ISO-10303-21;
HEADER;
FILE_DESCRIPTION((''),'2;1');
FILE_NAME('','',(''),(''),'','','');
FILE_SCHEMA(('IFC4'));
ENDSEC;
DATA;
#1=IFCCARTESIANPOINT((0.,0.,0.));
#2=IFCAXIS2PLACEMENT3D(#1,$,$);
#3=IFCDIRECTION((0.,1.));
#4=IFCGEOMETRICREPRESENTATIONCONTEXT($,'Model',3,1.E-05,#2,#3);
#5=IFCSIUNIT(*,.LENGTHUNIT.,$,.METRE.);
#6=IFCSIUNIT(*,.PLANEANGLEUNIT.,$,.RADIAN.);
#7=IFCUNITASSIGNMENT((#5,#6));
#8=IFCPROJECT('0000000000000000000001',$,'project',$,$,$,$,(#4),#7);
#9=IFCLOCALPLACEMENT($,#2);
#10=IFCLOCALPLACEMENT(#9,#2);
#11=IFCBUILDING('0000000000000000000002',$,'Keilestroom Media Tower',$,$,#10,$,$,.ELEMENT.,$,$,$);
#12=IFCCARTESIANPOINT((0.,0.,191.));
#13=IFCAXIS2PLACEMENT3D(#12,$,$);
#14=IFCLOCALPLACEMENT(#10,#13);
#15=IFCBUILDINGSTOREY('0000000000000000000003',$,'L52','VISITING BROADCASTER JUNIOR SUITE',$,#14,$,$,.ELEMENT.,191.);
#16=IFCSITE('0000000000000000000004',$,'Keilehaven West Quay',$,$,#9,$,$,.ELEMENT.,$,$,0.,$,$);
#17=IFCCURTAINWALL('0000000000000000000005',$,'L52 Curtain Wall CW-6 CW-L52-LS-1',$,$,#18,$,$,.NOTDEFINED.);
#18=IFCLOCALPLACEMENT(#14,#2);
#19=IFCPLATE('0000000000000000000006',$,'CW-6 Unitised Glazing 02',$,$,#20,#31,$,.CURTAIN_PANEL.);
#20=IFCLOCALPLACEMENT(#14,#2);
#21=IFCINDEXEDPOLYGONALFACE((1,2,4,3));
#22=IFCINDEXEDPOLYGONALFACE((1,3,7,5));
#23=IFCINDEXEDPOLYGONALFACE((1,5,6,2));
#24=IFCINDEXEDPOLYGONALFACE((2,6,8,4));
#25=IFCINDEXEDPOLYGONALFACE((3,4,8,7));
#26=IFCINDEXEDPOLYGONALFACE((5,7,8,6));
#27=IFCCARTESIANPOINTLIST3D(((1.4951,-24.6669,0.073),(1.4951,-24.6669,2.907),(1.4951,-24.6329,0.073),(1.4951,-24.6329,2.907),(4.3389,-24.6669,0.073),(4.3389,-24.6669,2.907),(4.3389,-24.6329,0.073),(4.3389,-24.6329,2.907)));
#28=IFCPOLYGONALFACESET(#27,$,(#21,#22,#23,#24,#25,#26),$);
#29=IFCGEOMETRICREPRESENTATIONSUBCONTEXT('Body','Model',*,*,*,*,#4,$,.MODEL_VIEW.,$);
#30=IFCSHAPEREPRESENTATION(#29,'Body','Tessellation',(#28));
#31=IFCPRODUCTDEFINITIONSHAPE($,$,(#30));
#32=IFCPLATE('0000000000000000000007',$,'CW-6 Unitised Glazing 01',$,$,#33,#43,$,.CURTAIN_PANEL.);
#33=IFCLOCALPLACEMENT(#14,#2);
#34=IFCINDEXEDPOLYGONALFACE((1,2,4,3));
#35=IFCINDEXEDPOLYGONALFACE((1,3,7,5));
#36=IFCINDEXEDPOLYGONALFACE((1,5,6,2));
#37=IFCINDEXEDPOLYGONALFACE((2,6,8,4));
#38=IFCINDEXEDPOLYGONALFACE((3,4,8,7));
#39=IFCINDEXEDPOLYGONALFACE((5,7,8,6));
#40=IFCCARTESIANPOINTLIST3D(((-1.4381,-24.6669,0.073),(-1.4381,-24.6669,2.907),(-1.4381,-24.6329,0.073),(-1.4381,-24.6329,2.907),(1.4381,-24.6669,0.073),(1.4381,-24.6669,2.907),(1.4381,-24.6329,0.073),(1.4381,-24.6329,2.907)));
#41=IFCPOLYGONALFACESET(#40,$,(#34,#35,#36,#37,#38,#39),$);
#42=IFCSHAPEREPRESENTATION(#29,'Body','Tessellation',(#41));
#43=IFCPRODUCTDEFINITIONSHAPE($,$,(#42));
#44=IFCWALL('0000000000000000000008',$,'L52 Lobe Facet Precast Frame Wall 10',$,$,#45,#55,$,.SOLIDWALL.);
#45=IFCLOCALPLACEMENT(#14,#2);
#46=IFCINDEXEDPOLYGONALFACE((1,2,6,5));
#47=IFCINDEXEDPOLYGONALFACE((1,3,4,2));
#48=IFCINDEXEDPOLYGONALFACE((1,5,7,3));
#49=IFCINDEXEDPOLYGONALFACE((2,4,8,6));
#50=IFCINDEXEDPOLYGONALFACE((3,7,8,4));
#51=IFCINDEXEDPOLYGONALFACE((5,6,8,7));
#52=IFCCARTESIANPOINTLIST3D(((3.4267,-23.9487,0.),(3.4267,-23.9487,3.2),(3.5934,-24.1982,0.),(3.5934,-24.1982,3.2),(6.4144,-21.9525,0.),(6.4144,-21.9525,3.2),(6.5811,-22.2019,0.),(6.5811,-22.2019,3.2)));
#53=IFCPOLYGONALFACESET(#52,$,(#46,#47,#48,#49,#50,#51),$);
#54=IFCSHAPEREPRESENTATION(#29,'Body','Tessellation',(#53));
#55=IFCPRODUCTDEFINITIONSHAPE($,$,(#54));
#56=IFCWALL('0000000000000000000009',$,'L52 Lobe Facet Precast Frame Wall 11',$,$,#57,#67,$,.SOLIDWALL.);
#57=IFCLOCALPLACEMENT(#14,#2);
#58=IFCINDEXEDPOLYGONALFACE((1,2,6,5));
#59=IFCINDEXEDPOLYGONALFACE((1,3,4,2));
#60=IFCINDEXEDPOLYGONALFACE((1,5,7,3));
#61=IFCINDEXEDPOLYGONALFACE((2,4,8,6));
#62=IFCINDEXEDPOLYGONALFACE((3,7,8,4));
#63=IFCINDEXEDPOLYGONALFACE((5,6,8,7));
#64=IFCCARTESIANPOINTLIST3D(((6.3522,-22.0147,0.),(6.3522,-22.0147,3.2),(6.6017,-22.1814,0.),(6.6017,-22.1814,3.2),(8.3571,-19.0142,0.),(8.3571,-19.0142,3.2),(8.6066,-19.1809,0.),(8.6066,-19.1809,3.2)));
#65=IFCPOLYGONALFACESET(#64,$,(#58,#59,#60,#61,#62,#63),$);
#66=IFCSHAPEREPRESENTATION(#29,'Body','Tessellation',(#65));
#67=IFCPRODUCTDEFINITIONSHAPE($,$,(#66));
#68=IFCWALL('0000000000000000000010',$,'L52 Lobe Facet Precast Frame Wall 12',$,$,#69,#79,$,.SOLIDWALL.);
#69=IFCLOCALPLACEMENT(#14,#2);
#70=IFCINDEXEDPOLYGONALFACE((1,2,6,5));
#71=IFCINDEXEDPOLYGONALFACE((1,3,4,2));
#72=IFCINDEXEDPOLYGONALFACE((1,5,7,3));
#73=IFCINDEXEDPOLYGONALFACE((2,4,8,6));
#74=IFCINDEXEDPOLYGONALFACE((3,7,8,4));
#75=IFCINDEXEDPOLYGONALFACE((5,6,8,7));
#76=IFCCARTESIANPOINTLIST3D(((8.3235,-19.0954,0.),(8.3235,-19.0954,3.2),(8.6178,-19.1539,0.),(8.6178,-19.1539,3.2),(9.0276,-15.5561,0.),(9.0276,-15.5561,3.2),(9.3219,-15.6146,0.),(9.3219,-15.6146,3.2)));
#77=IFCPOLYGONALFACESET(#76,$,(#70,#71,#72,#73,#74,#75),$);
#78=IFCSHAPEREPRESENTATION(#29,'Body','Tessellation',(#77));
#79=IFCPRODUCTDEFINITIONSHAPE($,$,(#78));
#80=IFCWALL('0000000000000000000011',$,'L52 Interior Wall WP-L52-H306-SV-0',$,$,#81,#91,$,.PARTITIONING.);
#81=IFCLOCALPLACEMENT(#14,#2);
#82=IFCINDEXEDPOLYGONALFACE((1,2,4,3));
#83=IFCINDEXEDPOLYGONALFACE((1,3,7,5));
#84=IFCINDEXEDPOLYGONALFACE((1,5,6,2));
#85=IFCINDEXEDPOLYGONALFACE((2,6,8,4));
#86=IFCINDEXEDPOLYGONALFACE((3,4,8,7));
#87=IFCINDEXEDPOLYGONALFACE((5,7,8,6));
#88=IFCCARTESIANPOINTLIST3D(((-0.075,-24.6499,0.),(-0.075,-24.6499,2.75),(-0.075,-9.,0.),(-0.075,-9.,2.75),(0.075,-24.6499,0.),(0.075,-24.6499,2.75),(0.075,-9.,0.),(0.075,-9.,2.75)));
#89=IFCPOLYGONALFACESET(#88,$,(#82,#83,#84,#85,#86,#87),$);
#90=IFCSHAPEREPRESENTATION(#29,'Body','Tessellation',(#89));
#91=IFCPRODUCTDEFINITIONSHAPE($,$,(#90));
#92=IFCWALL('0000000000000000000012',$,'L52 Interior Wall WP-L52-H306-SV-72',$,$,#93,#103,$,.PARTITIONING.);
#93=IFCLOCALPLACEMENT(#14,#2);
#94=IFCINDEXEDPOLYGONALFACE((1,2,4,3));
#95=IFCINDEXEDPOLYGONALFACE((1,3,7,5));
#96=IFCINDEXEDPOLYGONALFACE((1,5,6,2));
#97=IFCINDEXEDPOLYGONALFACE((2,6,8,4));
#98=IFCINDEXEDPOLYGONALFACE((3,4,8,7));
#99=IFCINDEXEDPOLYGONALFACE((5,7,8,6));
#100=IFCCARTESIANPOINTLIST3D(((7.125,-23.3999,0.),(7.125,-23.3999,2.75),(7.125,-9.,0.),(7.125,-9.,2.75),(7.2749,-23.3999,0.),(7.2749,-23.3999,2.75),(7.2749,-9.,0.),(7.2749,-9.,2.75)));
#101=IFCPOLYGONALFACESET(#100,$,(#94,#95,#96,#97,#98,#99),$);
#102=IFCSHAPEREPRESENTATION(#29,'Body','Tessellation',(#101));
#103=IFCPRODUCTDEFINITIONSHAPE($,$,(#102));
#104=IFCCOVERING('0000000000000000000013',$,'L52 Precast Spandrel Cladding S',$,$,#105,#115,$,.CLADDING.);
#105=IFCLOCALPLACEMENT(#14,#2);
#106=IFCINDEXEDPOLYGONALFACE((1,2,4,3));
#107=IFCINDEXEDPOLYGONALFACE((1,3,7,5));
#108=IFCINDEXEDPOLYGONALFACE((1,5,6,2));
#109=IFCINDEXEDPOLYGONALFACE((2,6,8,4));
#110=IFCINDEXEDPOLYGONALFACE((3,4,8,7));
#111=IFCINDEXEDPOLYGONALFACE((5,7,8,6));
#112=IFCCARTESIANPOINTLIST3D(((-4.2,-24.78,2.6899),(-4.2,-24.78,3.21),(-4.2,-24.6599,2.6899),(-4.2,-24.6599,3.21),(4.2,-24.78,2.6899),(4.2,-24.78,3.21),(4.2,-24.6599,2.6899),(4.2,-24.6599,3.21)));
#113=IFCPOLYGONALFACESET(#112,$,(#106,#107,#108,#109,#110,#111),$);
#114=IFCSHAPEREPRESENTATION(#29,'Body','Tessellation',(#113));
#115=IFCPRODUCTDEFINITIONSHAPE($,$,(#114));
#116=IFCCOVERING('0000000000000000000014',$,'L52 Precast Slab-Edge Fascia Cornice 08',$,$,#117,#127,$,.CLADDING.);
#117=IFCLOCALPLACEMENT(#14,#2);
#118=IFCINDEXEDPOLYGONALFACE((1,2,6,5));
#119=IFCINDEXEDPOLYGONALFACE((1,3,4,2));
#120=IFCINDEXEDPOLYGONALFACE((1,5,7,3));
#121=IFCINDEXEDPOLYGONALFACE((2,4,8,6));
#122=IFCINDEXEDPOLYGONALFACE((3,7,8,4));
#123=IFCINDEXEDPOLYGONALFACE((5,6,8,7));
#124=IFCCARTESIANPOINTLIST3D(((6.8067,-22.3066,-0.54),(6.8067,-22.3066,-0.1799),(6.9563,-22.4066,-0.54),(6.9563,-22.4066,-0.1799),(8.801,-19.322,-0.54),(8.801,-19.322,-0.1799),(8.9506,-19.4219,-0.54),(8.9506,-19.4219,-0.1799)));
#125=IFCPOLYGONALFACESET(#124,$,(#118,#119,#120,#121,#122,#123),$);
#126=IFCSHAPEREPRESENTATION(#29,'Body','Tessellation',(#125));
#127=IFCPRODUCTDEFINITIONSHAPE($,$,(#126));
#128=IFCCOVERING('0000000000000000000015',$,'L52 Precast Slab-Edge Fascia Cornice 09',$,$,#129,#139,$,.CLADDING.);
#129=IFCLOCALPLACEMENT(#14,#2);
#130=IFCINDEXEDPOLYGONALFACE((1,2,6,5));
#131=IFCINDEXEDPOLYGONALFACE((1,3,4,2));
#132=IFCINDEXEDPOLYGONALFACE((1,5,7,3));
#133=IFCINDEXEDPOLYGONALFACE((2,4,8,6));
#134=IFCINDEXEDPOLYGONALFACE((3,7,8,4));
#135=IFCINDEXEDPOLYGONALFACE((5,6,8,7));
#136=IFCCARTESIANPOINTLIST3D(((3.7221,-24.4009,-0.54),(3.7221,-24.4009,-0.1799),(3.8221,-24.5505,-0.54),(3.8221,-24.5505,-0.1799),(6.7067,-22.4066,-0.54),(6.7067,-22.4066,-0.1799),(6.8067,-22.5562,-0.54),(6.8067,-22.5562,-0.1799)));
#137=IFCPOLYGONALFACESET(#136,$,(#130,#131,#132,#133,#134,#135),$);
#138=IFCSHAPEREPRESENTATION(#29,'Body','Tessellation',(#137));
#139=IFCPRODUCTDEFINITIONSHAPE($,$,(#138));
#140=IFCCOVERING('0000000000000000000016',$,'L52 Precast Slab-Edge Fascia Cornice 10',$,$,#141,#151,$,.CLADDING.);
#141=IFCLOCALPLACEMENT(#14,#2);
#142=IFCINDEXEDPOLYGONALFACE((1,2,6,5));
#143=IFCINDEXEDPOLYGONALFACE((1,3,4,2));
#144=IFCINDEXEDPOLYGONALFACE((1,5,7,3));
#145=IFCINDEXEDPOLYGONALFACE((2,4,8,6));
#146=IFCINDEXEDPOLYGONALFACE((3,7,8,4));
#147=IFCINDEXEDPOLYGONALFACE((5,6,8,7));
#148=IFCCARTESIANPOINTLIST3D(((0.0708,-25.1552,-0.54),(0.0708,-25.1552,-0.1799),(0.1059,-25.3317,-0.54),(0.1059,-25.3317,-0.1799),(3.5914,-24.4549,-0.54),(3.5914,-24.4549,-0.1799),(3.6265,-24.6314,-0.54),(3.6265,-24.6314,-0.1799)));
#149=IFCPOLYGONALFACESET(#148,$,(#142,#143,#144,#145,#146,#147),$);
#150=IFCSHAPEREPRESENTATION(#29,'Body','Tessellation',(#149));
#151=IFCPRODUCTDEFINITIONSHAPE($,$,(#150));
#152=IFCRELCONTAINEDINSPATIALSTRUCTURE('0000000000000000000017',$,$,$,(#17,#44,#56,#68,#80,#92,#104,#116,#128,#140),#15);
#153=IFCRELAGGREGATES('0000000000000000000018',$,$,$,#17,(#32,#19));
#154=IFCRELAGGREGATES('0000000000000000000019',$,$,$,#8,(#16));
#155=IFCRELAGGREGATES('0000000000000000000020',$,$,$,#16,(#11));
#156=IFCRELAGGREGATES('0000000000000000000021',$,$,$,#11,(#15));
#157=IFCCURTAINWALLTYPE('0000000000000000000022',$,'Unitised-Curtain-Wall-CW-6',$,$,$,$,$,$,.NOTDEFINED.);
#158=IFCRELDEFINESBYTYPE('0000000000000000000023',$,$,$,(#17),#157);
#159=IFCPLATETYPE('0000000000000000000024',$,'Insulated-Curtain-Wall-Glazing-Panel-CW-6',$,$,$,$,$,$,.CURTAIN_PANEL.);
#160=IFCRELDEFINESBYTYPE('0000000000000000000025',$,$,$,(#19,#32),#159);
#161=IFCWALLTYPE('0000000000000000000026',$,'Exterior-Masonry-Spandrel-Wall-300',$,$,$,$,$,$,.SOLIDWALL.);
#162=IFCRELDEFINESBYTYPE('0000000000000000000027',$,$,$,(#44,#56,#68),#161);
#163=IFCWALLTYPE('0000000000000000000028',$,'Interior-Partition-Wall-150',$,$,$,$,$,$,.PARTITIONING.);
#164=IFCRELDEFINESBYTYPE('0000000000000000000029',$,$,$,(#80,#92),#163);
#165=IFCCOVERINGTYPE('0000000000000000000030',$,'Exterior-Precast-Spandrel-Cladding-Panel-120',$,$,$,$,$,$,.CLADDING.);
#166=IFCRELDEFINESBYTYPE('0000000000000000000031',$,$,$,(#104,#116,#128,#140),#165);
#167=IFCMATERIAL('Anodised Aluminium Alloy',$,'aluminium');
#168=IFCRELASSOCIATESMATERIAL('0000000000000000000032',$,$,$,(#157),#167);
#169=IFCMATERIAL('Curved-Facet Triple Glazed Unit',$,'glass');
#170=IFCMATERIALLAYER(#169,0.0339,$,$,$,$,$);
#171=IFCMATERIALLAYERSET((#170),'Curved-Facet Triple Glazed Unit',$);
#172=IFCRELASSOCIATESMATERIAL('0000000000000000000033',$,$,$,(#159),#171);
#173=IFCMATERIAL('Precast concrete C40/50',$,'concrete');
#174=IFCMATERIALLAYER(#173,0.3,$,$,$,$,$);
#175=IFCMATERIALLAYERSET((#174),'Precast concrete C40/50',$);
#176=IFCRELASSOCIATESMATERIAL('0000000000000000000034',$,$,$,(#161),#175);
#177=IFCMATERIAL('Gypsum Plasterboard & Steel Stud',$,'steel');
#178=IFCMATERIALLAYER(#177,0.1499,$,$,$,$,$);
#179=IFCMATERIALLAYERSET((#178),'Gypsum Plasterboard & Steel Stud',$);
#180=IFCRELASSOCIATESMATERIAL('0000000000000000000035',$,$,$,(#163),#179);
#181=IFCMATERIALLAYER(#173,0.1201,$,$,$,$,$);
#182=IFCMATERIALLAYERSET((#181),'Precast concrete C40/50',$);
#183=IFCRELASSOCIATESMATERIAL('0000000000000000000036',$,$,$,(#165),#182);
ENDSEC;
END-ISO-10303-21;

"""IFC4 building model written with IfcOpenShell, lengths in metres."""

from ifc_helpers import new_model, si_unit, direction, frame, frame_2d, origin, origin_2d, place, context, subcontext, project, spatial, rectangle, extrude, source, transform, mapped, material, layer, layer_set, type_object, element, aggregate, save


model = new_model("IFC4")

# Units and contexts
model_context = context("Model", 3, precision=1e-05, world=origin(), true_north=direction((0.0, 1.0)))
body_context = subcontext(model_context, "Body", "Model", "MODEL_VIEW")
ifc_project = project(units=[si_unit("LENGTHUNIT", "METRE"), si_unit("PLANEANGLEUNIT", "RADIAN")], contexts=[model_context])

# Site, building, storey
site_placement = place(None, origin())
site = spatial("IfcSite", under=ifc_project, at=site_placement, Name="Keilehaven West Quay", CompositionType="ELEMENT", RefElevation=0.0)
building_placement = place(site_placement, origin())
building = spatial("IfcBuilding", under=site, at=building_placement, Name="Keilestroom Media Tower", CompositionType="ELEMENT")
storey_placement = place(building_placement, frame((0.0, 0.0, 191.0)))
storey = spatial("IfcBuildingStorey", under=building, at=storey_placement, Name="L52", Description="VISITING BROADCASTER JUNIOR SUITE", CompositionType="ELEMENT", Elevation=191.0)

# Curtain wall, plates
ifc_material_1 = material(Name="Anodised Aluminium Alloy", Category="aluminium")
curtain_wall_type = type_object("IfcCurtainWallType", Name="Unitised-Curtain-Wall-CW-6", PredefinedType="NOTDEFINED", material=ifc_material_1)
curtain_wall_placement = place(storey_placement, origin())
curtain_wall = element("IfcCurtainWall", 1, at=curtain_wall_placement, inside=storey, type_object=curtain_wall_type, Name="L52 Curtain Wall CW-6 CW-L52-LS-1", PredefinedType="NOTDEFINED")
ifc_material_2 = material(Name="Curved-Facet Triple Glazed Unit", Category="glass")
ifc_layer_1 = layer(ifc_material_2, 0.0339)
ifc_layer_set_1 = layer_set([ifc_layer_1], Name="Curved-Facet Triple Glazed Unit")
plate_type = type_object("IfcPlateType", Name="Insulated-Curtain-Wall-Glazing-Panel-CW-6", PredefinedType="CURTAIN_PANEL", material=ifc_layer_set_1)
shared_shape_1 = source(origin(), body_context, "Body", "SweptSolid", [
    extrude(rectangle(XDim=2.8438, YDim=0.0339, at=origin_2d()), origin(), (0.0, 0.0, 1.0), 2.834),
])
plate_1_placement = place(storey_placement, frame((2.917, -24.6499, 0.073), z_axis=(0.0, 0.0, 1.0), x_axis=(1.0, 0.0, 0.0)))
plate_1 = element("IfcPlate", 2, at=plate_1_placement, type_object=plate_type, Name="CW-6 Unitised Glazing 02", PredefinedType="CURTAIN_PANEL", context=body_context, shape_type="MappedRepresentation", body=[
    mapped(shared_shape_1, transform((0.0, 0.0, 0.0), x_axis=(1.0, 0.0, 0.0), y_axis=(0.0, 1.0, 0.0), z_axis=(0.0, 0.0, 1.0), scale=1.0)),
])
shared_shape_2 = source(origin(), body_context, "Body", "SweptSolid", [
    extrude(rectangle(XDim=2.8762, YDim=0.0339, at=origin_2d()), origin(), (0.0, 0.0, 1.0), 2.834),
])
plate_2_placement = place(storey_placement, frame((0.0, -24.6499, 0.073), z_axis=(0.0, 0.0, 1.0), x_axis=(1.0, 0.0, 0.0)))
plate_2 = element("IfcPlate", 3, at=plate_2_placement, type_object=plate_type, Name="CW-6 Unitised Glazing 01", PredefinedType="CURTAIN_PANEL", context=body_context, shape_type="MappedRepresentation", body=[
    mapped(shared_shape_2, transform((0.0, 0.0, 0.0), x_axis=(1.0, 0.0, 0.0), y_axis=(0.0, 1.0, 0.0), z_axis=(0.0, 0.0, 1.0), scale=1.0)),
])
aggregate(curtain_wall, [plate_2, plate_1])

# Walls
ifc_material_3 = material(Name="Precast concrete C40/50", Category="concrete")
ifc_layer_2 = layer(ifc_material_3, 0.3)
ifc_layer_set_2 = layer_set([ifc_layer_2], Name="Precast concrete C40/50")
wall_type_1 = type_object("IfcWallType", Name="Exterior-Masonry-Spandrel-Wall-300", PredefinedType="SOLIDWALL", material=ifc_layer_set_2)
wall_1_placement = place(storey_placement, frame((3.51, -24.0735, 0.0), z_axis=(0.0, 0.0, 1.0), x_axis=(0.831475, 0.555562, 0.0)))
element("IfcWall", 4, at=wall_1_placement, inside=storey, type_object=wall_type_1, Name="L52 Lobe Facet Precast Frame Wall 10", PredefinedType="SOLIDWALL", context=body_context, shape_type="SweptSolid", body=[
    extrude(rectangle(XDim=3.5933, YDim=0.3, at=frame_2d((1.7966, 0.0))), origin(), (0.0, 0.0, 1.0), 3.2),
])
for number, where, z_axis, x_axis, name in (
    (5, (6.4771, -22.0979, 0.0), (0.0, 0.0, 1.0), (0.555574, 0.831467, 0.0), "L52 Lobe Facet Precast Frame Wall 11"),
    (6, (8.4707, -19.1245, 0.0), (0.0, 0.0, 1.0), (0.195114, 0.980781, 0.0), "L52 Lobe Facet Precast Frame Wall 12"),
):
    element("IfcWall", number, at=place(storey_placement, frame(where, z_axis=z_axis, x_axis=x_axis)), inside=storey, type_object=wall_type_1, Name=name, PredefinedType="SOLIDWALL", context=body_context, shape_type="SweptSolid", body=[
        extrude(rectangle(XDim=3.6086, YDim=0.3, at=frame_2d((1.8042, 0.0))), origin(), (0.0, 0.0, 1.0), 3.2),
    ])
ifc_material_4 = material(Name="Gypsum Plasterboard & Steel Stud", Category="steel")
ifc_layer_3 = layer(ifc_material_4, 0.1499)
ifc_layer_set_3 = layer_set([ifc_layer_3], Name="Gypsum Plasterboard & Steel Stud")
wall_type_2 = type_object("IfcWallType", Name="Interior-Partition-Wall-150", PredefinedType="PARTITIONING", material=ifc_layer_set_3)
wall_2_placement = place(storey_placement, frame((0.0, -24.6499, 0.0), z_axis=(0.0, 0.0, 1.0), x_axis=(0.0, 1.0, 0.0)))
element("IfcWall", 7, at=wall_2_placement, inside=storey, type_object=wall_type_2, Name="L52 Interior Wall WP-L52-H306-SV-0", PredefinedType="PARTITIONING", context=body_context, shape_type="SweptSolid", body=[
    extrude(rectangle(XDim=15.6499, YDim=0.1499, at=frame_2d((7.825, 0.0))), origin(), (0.0, 0.0, 1.0), 2.75),
])
wall_3_placement = place(storey_placement, frame((7.2, -23.3999, 0.0), z_axis=(0.0, 0.0, 1.0), x_axis=(0.0, 1.0, 0.0)))
element("IfcWall", 8, at=wall_3_placement, inside=storey, type_object=wall_type_2, Name="L52 Interior Wall WP-L52-H306-SV-72", PredefinedType="PARTITIONING", context=body_context, shape_type="SweptSolid", body=[
    extrude(rectangle(XDim=14.3999, YDim=0.1499, at=frame_2d((7.2, 0.0))), origin(), (0.0, 0.0, 1.0), 2.75),
])

# Coverings
ifc_layer_4 = layer(ifc_material_3, 0.1201)
ifc_layer_set_4 = layer_set([ifc_layer_4], Name="Precast concrete C40/50")
covering_type = type_object("IfcCoveringType", Name="Exterior-Precast-Spandrel-Cladding-Panel-120", PredefinedType="CLADDING", material=ifc_layer_set_4)
shared_shape_3 = source(origin(), body_context, "Body", "SweptSolid", [
    extrude(rectangle(XDim=8.3999, YDim=0.1201, at=origin_2d()), origin(), (0.0, 0.0, 1.0), 0.52),
])
covering_placement = place(storey_placement, frame((0.0, -24.72, 2.6899), z_axis=(0.0, 0.0, 1.0), x_axis=(1.0, 0.0, 0.0)))
element("IfcCovering", 9, at=covering_placement, inside=storey, type_object=covering_type, Name="L52 Precast Spandrel Cladding S", PredefinedType="CLADDING", context=body_context, shape_type="MappedRepresentation", body=[
    mapped(shared_shape_3, transform((0.0, 0.0, 0.0), x_axis=(1.0, 0.0, 0.0), y_axis=(0.0, 1.0, 0.0), z_axis=(0.0, 0.0, 1.0), scale=1.0)),
])
shared_shape_4 = source(origin(), body_context, "Body", "SweptSolid", [
    extrude(rectangle(XDim=3.5896, YDim=0.1799, at=origin_2d()), origin(), (0.0, 0.0, 1.0), 0.3601),
])
for number, where, z_axis, x_axis, name in (
    (10, (7.8787, -20.8643, -0.54), (0.0, 0.0, 1.0), (-0.555575, -0.831467, 0.0), "L52 Precast Slab-Edge Fascia Cornice 08"),
    (11, (5.2644, -23.4785, -0.54), (0.0, 0.0, 1.0), (-0.831467, -0.555575, 0.0), "L52 Precast Slab-Edge Fascia Cornice 09"),
    (12, (1.8486, -24.8933, -0.54), (0.0, 0.0, 1.0), (-0.980784, -0.195099, 0.0), "L52 Precast Slab-Edge Fascia Cornice 10"),
):
    element("IfcCovering", number, at=place(storey_placement, frame(where, z_axis=z_axis, x_axis=x_axis)), inside=storey, type_object=covering_type, Name=name, PredefinedType="CLADDING", context=body_context, shape_type="MappedRepresentation", body=[
        mapped(shared_shape_4, transform((0.0, 0.0, 0.0), x_axis=(1.0, 0.0, 0.0), y_axis=(0.0, 1.0, 0.0), z_axis=(0.0, 0.0, 1.0), scale=1.0)),
    ])

save(model, "model.ifc")
